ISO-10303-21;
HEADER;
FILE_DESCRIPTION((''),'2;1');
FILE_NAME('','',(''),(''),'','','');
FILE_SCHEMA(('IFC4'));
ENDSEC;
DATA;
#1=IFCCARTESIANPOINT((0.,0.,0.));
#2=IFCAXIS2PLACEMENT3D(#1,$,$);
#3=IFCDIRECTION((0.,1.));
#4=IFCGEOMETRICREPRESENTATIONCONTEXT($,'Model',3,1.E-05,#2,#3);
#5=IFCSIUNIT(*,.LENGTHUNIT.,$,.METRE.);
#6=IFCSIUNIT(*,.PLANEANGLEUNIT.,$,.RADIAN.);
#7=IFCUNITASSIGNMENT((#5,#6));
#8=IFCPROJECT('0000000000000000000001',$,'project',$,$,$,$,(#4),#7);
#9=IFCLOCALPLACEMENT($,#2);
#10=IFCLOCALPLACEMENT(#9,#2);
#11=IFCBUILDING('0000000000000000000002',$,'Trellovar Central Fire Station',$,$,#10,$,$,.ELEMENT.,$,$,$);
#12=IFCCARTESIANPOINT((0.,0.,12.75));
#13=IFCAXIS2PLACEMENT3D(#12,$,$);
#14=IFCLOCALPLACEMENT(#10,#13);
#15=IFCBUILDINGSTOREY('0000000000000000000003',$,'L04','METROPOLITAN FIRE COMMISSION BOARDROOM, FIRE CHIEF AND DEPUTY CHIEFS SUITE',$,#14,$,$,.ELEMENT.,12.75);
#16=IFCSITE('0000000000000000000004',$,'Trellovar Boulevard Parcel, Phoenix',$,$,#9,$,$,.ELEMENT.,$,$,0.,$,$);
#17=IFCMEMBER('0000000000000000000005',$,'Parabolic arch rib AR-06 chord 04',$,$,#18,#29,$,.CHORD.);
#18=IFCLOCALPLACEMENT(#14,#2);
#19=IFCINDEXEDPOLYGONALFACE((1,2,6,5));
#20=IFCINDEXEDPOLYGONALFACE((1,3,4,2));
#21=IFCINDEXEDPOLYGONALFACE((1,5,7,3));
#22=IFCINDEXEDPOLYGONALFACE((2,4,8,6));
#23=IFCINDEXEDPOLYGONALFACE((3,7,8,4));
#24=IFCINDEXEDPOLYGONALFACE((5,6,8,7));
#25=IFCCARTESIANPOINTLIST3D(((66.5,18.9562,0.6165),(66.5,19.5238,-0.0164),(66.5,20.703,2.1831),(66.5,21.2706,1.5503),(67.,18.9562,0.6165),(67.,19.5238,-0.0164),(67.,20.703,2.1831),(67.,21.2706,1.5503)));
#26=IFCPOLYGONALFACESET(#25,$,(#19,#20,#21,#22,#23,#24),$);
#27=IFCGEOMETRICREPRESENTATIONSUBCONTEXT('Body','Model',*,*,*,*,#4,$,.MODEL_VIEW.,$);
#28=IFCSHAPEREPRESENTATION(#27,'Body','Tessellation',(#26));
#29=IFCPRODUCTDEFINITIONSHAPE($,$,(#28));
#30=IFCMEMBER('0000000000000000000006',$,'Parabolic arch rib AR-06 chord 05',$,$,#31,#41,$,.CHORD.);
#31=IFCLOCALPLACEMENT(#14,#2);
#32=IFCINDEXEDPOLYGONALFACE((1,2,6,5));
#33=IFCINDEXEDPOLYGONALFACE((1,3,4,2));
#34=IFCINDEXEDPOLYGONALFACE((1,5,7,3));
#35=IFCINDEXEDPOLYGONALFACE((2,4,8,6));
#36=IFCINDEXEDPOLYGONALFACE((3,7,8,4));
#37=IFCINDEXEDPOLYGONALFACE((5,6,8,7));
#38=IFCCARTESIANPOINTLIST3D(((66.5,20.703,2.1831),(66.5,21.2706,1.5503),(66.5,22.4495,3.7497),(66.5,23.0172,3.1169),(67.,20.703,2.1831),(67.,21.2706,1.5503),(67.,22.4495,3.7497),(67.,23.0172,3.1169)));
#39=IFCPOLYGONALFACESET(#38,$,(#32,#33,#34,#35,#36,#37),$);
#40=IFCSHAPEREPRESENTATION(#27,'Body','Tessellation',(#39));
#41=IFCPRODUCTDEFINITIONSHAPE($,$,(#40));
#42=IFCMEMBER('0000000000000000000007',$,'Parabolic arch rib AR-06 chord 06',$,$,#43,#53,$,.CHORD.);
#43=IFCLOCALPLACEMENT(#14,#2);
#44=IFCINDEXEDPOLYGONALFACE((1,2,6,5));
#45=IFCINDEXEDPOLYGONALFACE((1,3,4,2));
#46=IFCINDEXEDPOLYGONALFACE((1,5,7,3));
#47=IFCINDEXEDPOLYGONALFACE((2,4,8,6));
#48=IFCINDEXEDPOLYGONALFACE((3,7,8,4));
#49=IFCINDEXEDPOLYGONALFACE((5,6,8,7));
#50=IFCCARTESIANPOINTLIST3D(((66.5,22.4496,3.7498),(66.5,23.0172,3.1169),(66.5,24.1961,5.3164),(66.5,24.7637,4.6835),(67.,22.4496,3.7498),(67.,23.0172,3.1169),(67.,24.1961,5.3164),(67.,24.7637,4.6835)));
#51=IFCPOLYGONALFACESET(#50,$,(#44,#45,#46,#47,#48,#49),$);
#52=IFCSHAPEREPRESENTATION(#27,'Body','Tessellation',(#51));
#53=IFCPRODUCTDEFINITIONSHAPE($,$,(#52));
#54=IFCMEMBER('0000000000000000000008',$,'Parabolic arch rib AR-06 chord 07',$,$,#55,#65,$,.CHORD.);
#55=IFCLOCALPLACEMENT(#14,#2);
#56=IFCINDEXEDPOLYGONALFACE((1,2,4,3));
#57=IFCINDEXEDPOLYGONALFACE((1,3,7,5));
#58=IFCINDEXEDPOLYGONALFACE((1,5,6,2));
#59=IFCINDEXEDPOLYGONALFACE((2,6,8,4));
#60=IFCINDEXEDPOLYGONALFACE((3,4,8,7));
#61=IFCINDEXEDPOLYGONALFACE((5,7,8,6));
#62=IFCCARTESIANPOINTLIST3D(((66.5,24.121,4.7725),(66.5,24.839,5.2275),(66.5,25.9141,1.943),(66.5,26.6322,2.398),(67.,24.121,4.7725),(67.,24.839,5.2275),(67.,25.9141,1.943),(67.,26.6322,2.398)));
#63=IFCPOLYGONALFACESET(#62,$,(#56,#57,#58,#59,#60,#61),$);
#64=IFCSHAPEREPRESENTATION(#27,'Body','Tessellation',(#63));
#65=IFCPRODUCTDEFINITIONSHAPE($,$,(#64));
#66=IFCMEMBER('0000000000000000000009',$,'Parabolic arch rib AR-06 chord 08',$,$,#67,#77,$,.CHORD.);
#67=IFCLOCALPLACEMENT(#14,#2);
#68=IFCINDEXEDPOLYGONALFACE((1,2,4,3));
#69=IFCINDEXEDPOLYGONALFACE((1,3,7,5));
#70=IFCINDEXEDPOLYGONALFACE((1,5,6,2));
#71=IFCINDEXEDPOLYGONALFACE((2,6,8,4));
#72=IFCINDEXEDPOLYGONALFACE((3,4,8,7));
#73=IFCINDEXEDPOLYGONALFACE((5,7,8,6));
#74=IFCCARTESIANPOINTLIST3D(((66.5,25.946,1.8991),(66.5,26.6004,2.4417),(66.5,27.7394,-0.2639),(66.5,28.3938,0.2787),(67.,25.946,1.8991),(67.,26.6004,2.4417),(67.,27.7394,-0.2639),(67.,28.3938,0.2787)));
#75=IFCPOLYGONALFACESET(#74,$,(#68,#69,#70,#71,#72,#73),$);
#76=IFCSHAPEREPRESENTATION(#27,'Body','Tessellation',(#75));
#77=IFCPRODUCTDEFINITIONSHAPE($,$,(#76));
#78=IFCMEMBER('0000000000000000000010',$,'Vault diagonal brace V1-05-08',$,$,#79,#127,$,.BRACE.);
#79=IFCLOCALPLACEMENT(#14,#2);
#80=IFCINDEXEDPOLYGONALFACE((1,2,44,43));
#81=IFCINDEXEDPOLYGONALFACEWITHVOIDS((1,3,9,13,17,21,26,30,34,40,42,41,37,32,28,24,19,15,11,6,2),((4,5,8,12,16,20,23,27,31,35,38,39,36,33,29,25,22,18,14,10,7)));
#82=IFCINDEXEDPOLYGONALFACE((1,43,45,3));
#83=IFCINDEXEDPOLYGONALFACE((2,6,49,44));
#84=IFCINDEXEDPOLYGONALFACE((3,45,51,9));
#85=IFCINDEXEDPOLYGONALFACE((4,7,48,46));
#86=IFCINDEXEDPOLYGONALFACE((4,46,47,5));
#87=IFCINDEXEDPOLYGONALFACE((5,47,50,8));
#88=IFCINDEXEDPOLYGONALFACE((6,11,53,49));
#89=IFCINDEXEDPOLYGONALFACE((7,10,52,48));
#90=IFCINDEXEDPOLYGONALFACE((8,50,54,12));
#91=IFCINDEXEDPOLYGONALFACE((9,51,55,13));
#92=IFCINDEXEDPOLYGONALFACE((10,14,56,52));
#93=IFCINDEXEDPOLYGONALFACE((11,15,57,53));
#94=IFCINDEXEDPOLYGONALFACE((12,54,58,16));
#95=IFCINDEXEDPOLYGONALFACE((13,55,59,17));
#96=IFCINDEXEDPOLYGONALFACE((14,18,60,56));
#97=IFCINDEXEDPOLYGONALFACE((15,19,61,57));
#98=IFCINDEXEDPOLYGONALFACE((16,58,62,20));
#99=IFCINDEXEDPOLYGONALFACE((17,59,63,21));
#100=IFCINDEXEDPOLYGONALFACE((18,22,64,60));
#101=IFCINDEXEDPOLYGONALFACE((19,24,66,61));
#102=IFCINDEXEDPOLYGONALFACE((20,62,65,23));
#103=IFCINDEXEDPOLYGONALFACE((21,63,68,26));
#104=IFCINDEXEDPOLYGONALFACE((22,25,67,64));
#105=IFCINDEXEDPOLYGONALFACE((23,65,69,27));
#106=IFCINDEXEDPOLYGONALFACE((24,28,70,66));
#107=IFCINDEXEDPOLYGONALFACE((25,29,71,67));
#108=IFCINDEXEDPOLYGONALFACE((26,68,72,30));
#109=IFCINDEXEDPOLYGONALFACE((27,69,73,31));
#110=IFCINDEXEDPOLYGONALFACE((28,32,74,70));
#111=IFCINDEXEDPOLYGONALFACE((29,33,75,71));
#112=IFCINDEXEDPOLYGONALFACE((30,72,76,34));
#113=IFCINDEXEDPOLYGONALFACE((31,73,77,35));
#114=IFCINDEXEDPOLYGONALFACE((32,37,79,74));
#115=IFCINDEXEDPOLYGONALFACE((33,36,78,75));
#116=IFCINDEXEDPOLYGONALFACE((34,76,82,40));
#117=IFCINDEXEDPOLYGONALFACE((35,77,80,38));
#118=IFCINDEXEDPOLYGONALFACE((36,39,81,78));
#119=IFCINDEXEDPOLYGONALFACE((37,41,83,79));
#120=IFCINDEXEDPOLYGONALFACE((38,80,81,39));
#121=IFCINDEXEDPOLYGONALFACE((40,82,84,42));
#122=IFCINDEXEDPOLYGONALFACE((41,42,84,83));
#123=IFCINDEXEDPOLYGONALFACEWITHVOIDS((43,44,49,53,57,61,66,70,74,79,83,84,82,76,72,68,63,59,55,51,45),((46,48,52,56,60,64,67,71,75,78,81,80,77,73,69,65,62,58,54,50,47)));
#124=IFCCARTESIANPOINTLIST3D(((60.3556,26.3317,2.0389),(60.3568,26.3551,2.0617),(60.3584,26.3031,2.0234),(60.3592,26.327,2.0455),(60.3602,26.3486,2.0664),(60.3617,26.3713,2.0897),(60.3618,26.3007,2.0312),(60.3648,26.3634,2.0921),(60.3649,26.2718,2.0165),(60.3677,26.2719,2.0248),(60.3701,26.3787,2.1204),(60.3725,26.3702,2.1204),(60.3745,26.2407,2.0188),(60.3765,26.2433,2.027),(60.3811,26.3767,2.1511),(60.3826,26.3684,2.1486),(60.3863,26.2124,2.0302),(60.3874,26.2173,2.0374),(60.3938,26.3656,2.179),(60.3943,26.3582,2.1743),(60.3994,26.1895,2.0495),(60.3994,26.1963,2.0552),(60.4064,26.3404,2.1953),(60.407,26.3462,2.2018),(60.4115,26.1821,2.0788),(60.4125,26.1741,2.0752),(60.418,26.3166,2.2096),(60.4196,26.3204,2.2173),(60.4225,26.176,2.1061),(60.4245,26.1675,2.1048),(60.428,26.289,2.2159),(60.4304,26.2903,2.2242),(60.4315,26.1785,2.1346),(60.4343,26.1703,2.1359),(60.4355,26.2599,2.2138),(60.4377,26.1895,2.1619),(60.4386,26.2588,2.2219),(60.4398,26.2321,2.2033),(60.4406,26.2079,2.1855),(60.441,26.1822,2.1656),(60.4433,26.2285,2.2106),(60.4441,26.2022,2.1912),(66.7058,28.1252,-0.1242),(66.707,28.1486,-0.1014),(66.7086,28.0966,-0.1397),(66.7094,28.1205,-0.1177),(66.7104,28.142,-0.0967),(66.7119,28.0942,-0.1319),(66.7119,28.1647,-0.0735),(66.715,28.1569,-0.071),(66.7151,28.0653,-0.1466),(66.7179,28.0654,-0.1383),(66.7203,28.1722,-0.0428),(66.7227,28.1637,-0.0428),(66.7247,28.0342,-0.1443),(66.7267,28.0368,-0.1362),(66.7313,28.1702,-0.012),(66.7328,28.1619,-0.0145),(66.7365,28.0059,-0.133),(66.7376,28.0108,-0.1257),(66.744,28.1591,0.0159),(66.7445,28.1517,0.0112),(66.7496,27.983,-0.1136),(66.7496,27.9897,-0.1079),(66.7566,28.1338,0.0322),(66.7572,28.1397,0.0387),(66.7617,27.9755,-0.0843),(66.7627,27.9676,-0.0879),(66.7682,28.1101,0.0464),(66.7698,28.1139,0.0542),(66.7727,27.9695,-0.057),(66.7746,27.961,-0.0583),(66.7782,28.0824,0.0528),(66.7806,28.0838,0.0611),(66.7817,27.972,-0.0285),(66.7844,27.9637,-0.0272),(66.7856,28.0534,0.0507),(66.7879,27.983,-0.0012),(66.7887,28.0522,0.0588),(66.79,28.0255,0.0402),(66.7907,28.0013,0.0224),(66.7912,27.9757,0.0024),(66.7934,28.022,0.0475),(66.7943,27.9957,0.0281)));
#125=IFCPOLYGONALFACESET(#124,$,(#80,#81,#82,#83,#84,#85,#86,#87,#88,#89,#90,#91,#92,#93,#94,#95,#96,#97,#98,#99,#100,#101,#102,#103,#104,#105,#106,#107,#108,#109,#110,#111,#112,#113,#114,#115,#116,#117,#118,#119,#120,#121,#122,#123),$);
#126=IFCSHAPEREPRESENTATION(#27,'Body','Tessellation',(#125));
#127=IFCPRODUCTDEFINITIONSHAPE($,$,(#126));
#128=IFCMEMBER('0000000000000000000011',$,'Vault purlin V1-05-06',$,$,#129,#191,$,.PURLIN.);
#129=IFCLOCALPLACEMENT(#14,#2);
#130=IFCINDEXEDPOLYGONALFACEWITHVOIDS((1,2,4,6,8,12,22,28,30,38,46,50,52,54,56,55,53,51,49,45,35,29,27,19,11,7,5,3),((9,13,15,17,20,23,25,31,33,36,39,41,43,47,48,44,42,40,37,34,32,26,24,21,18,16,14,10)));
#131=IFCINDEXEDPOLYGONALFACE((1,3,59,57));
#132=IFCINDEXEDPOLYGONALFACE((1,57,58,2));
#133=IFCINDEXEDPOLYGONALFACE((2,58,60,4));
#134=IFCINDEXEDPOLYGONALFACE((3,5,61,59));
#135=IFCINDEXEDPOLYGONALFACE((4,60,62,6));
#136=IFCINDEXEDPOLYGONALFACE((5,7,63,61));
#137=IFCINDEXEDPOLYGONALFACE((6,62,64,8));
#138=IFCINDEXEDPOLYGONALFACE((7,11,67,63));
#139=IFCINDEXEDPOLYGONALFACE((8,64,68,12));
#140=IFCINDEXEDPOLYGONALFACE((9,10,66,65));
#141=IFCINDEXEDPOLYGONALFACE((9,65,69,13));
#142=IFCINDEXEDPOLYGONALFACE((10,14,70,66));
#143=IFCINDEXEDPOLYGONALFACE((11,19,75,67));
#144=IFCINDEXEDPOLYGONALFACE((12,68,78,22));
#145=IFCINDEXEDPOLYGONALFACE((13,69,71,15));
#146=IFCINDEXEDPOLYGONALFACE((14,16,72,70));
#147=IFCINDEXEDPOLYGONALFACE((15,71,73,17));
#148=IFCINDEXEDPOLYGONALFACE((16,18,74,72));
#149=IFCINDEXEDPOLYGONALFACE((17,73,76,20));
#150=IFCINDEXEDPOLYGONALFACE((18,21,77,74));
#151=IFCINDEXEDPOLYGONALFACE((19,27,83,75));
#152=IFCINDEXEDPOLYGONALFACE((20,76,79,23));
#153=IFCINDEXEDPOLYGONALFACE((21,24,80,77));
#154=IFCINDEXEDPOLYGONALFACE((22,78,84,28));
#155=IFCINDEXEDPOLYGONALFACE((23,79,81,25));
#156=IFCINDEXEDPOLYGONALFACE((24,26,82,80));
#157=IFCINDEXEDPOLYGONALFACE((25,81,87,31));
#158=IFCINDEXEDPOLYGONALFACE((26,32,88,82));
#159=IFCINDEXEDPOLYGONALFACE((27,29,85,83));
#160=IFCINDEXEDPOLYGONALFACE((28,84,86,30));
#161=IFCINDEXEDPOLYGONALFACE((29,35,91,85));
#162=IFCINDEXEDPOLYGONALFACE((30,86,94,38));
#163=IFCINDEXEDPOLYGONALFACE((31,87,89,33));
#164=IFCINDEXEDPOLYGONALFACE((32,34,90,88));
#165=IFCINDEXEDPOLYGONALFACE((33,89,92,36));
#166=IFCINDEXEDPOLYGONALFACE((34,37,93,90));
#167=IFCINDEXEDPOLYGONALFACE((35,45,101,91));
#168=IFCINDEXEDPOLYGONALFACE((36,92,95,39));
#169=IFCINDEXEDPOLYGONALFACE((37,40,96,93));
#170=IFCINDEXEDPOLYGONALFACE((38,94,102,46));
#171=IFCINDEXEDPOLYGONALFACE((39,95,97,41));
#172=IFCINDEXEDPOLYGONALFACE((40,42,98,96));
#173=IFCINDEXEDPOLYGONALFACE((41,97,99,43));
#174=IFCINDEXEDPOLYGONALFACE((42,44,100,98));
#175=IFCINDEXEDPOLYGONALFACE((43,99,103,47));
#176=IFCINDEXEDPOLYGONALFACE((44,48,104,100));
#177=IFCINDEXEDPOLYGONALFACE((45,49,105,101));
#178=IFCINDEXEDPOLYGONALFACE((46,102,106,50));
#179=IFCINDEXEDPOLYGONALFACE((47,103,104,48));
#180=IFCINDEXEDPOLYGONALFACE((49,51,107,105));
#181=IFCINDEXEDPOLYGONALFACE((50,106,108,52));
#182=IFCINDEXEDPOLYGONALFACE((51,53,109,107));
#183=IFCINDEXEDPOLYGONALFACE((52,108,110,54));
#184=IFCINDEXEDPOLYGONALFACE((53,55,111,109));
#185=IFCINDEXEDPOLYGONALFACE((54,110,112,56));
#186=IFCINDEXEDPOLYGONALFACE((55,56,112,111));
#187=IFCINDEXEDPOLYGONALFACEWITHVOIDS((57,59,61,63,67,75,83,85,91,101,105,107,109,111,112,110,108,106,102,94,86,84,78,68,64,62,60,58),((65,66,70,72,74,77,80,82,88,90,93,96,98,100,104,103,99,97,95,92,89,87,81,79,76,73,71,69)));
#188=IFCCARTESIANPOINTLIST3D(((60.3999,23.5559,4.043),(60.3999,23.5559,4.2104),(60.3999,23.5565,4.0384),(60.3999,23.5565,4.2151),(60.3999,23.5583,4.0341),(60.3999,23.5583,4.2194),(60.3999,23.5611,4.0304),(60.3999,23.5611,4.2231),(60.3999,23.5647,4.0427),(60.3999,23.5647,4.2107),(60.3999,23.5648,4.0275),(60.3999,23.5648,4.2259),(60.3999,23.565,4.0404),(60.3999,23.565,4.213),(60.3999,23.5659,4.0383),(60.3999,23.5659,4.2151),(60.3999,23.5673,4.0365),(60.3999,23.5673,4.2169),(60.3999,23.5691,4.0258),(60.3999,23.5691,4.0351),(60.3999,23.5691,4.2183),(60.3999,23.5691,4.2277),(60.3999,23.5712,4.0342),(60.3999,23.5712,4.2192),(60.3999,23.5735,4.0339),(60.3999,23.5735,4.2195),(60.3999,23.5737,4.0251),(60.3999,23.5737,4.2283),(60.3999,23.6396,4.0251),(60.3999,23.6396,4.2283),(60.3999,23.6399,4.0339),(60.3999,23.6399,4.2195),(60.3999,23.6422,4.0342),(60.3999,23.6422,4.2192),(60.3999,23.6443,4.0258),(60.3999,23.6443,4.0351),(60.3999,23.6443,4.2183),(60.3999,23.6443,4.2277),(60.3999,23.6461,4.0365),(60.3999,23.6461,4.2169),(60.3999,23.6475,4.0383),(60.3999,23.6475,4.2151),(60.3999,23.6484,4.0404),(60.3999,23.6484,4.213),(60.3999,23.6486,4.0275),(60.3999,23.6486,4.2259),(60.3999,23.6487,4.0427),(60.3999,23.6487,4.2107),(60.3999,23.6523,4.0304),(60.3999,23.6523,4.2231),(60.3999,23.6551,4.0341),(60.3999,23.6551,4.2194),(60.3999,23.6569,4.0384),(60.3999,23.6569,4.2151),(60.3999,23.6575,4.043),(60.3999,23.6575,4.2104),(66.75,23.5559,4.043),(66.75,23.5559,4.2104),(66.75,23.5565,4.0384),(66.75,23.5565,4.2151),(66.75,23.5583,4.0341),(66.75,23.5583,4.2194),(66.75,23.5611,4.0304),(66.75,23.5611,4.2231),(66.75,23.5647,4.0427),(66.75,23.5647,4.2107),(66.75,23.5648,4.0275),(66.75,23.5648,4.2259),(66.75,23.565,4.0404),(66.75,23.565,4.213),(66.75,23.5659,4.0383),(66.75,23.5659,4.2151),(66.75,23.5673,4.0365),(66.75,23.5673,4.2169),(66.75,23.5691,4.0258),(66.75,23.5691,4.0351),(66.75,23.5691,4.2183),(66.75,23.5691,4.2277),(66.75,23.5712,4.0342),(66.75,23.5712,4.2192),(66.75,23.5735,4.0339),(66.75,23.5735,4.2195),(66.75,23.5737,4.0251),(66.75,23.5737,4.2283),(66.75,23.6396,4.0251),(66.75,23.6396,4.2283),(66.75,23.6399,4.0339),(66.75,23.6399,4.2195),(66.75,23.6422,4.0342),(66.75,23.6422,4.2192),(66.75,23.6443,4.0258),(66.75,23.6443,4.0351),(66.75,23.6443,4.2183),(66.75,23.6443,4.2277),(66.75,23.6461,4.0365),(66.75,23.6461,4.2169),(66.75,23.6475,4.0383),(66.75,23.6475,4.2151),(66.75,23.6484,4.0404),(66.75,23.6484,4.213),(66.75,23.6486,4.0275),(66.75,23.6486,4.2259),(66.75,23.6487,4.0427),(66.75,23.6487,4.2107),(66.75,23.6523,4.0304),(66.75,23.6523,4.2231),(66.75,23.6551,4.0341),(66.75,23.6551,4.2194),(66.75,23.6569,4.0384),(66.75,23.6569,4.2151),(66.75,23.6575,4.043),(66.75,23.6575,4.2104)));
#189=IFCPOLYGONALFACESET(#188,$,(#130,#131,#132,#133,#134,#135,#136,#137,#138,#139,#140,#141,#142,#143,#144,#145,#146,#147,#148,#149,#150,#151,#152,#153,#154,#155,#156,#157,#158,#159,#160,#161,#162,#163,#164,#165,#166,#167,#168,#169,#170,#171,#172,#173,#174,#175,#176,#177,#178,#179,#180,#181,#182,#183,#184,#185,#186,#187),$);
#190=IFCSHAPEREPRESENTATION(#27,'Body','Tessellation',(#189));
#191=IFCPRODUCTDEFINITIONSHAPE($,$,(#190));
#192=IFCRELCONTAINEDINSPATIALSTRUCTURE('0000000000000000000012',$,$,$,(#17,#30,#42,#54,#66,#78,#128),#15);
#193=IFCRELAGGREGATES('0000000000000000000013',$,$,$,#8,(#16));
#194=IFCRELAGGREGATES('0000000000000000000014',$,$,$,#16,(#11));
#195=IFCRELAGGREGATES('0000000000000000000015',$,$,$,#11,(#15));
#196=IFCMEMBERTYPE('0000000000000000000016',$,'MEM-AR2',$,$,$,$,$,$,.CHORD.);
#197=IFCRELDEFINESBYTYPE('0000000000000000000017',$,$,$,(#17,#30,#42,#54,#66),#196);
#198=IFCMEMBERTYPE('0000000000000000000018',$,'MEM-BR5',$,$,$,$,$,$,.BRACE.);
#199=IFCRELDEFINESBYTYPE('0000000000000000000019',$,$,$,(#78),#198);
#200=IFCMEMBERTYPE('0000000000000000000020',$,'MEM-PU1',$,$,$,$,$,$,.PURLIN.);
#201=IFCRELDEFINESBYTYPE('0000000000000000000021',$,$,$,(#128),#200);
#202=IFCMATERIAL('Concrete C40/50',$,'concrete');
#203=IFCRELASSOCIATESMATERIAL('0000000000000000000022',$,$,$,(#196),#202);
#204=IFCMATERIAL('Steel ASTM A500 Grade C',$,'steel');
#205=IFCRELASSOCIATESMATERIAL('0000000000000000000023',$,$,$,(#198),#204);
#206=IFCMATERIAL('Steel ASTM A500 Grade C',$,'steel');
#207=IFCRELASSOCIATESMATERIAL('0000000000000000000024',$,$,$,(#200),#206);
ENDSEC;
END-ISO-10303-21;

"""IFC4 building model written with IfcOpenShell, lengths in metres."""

from ifc_helpers import new_model, si_unit, direction, frame, origin, origin_2d, place, context, subcontext, project, spatial, rectangle, hollow_rectangle, hollow_circle, extrude, material, material_profile, profile_set, type_object, element, save


model = new_model("IFC4")

# Units and contexts
model_context = context("Model", 3, precision=1e-05, world=origin(), true_north=direction((0.0, 1.0)))
body_context = subcontext(model_context, "Body", "Model", "MODEL_VIEW")
ifc_project = project(units=[si_unit("LENGTHUNIT", "METRE"), si_unit("PLANEANGLEUNIT", "RADIAN")], contexts=[model_context])

# Site, building, storey
site_placement = place(None, origin())
site = spatial("IfcSite", under=ifc_project, at=site_placement, Name="Trellovar Boulevard Parcel, Phoenix", CompositionType="ELEMENT", RefElevation=0.0)
building_placement = place(site_placement, origin())
building = spatial("IfcBuilding", under=site, at=building_placement, Name="Trellovar Central Fire Station", CompositionType="ELEMENT")
storey_placement = place(building_placement, frame((0.0, 0.0, 12.75)))
storey = spatial("IfcBuildingStorey", under=building, at=storey_placement, Name="L04", Description="METROPOLITAN FIRE COMMISSION BOARDROOM, FIRE CHIEF AND DEPUTY CHIEFS SUITE", CompositionType="ELEMENT", Elevation=12.75)

# Members
ifc_material_1 = material(Name="Concrete C40/50", Category="concrete")
ifc_material_profile_1 = material_profile(ifc_material_1, rectangle(XDim=0.5, YDim=0.8501, at=origin_2d()), Name="RC500X850")
ifc_profile_set_1 = profile_set([ifc_material_profile_1], Name="Concrete C40/50")
member_type_1 = type_object("IfcMemberType", Name="MEM-AR2", PredefinedType="CHORD", material=ifc_profile_set_1)
member_1_placement = place(storey_placement, frame((66.75, 19.24, 0.3), z_axis=(0.0, 0.744457, 0.66767), x_axis=(-1.0, 0.0, 0.0)))
element("IfcMember", 1, at=member_1_placement, inside=storey, type_object=member_type_1, Name="Parabolic arch rib AR-06 chord 04", PredefinedType="CHORD", context=body_context, shape_type="SweptSolid", body=[
    extrude(rectangle(XDim=0.5, YDim=0.8501, at=origin_2d()), origin(), (0.0, 0.0, 1.0), 2.3464),
])
for number, where, z_axis, x_axis, name in (
    (2, (66.75, 20.9868, 1.8667), (0.0, 0.744411, 0.667722), (-1.0, 0.0, 0.0), "Parabolic arch rib AR-06 chord 05"),
    (3, (66.75, 22.7334, 3.4333), (0.0, 0.744411, 0.667722), (-1.0, 0.0, 0.0), "Parabolic arch rib AR-06 chord 06"),
):
    element("IfcMember", number, at=place(storey_placement, frame(where, z_axis=z_axis, x_axis=x_axis)), inside=storey, type_object=member_type_1, Name=name, PredefinedType="CHORD", context=body_context, shape_type="SweptSolid", body=[
        extrude(rectangle(XDim=0.5, YDim=0.8501, at=origin_2d()), origin(), (0.0, 0.0, 1.0), 2.3462),
    ])
member_2_placement = place(storey_placement, frame((66.75, 24.48, 5.0), z_axis=(0.0, 0.535295, -0.844665), x_axis=(-1.0, 0.0, 0.0)))
element("IfcMember", 4, at=member_2_placement, inside=storey, type_object=member_type_1, Name="Parabolic arch rib AR-06 chord 07", PredefinedType="CHORD", context=body_context, shape_type="SweptSolid", body=[
    extrude(rectangle(XDim=0.5, YDim=0.8501, at=origin_2d()), origin(), (0.0, 0.0, 1.0), 3.3499),
])
member_3_placement = place(storey_placement, frame((66.75, 26.2732, 2.1704), z_axis=(0.0, 0.638268, -0.769814), x_axis=(-1.0, 0.0, 0.0)))
element("IfcMember", 5, at=member_3_placement, inside=storey, type_object=member_type_1, Name="Parabolic arch rib AR-06 chord 08", PredefinedType="CHORD", context=body_context, shape_type="SweptSolid", body=[
    extrude(rectangle(XDim=0.5, YDim=0.8501, at=origin_2d()), origin(), (0.0, 0.0, 1.0), 2.8098),
])
ifc_material_2 = material(Name="Steel ASTM A500 Grade C", Category="steel")
ifc_material_profile_2 = material_profile(ifc_material_2, hollow_circle(Radius=0.1096, WallThickness=0.0088, at=origin_2d()), Name="HSS8.625X0.375")
ifc_profile_set_2 = profile_set([ifc_material_profile_2], Name="Steel ASTM A500 Grade C")
member_type_2 = type_object("IfcMemberType", Name="MEM-BR5", PredefinedType="BRACE", material=ifc_profile_set_2)
member_4_placement = place(storey_placement, frame((60.3999, 26.2732, 2.1204), z_axis=(0.914472, 0.258274, -0.311504), x_axis=(-0.271798, 0.962354, 0.0)))
element("IfcMember", 6, at=member_4_placement, inside=storey, type_object=member_type_2, Name="Vault diagonal brace V1-05-08", PredefinedType="BRACE", context=body_context, shape_type="SweptSolid", body=[
    extrude(hollow_circle(Radius=0.1096, WallThickness=0.0088, at=origin_2d()), origin(), (0.0, 0.0, 1.0), 6.9441),
])
ifc_material_3 = material(Name="Steel ASTM A500 Grade C", Category="steel")
ifc_material_profile_3 = material_profile(ifc_material_3, hollow_rectangle(XDim=0.1016, YDim=0.2031, WallThickness=0.0088, InnerFilletRadius=0.0088, OuterFilletRadius=0.0178, at=origin_2d()), Name="HSS8X4X3/8")
ifc_profile_set_3 = profile_set([ifc_material_profile_3], Name="Steel ASTM A500 Grade C")
member_type_3 = type_object("IfcMemberType", Name="MEM-PU1", PredefinedType="PURLIN", material=ifc_profile_set_3)
for number, where, z_axis, x_axis, name in (
    (7, (60.3999, 23.6067, 4.1267), (1.0, 0.0, 0.0), (0.0, 1.0, 0.0), "Vault purlin V1-05-06"),
):
    element("IfcMember", number, at=place(storey_placement, frame(where, z_axis=z_axis, x_axis=x_axis)), inside=storey, type_object=member_type_3, Name=name, PredefinedType="PURLIN", context=body_context, shape_type="SweptSolid", body=[
        extrude(hollow_rectangle(XDim=0.1016, YDim=0.2031, WallThickness=0.0088, InnerFilletRadius=0.0088, OuterFilletRadius=0.0178, at=origin_2d()), origin(), (0.0, 0.0, 1.0), 6.3501),
    ])

save(model, "model.ifc")
